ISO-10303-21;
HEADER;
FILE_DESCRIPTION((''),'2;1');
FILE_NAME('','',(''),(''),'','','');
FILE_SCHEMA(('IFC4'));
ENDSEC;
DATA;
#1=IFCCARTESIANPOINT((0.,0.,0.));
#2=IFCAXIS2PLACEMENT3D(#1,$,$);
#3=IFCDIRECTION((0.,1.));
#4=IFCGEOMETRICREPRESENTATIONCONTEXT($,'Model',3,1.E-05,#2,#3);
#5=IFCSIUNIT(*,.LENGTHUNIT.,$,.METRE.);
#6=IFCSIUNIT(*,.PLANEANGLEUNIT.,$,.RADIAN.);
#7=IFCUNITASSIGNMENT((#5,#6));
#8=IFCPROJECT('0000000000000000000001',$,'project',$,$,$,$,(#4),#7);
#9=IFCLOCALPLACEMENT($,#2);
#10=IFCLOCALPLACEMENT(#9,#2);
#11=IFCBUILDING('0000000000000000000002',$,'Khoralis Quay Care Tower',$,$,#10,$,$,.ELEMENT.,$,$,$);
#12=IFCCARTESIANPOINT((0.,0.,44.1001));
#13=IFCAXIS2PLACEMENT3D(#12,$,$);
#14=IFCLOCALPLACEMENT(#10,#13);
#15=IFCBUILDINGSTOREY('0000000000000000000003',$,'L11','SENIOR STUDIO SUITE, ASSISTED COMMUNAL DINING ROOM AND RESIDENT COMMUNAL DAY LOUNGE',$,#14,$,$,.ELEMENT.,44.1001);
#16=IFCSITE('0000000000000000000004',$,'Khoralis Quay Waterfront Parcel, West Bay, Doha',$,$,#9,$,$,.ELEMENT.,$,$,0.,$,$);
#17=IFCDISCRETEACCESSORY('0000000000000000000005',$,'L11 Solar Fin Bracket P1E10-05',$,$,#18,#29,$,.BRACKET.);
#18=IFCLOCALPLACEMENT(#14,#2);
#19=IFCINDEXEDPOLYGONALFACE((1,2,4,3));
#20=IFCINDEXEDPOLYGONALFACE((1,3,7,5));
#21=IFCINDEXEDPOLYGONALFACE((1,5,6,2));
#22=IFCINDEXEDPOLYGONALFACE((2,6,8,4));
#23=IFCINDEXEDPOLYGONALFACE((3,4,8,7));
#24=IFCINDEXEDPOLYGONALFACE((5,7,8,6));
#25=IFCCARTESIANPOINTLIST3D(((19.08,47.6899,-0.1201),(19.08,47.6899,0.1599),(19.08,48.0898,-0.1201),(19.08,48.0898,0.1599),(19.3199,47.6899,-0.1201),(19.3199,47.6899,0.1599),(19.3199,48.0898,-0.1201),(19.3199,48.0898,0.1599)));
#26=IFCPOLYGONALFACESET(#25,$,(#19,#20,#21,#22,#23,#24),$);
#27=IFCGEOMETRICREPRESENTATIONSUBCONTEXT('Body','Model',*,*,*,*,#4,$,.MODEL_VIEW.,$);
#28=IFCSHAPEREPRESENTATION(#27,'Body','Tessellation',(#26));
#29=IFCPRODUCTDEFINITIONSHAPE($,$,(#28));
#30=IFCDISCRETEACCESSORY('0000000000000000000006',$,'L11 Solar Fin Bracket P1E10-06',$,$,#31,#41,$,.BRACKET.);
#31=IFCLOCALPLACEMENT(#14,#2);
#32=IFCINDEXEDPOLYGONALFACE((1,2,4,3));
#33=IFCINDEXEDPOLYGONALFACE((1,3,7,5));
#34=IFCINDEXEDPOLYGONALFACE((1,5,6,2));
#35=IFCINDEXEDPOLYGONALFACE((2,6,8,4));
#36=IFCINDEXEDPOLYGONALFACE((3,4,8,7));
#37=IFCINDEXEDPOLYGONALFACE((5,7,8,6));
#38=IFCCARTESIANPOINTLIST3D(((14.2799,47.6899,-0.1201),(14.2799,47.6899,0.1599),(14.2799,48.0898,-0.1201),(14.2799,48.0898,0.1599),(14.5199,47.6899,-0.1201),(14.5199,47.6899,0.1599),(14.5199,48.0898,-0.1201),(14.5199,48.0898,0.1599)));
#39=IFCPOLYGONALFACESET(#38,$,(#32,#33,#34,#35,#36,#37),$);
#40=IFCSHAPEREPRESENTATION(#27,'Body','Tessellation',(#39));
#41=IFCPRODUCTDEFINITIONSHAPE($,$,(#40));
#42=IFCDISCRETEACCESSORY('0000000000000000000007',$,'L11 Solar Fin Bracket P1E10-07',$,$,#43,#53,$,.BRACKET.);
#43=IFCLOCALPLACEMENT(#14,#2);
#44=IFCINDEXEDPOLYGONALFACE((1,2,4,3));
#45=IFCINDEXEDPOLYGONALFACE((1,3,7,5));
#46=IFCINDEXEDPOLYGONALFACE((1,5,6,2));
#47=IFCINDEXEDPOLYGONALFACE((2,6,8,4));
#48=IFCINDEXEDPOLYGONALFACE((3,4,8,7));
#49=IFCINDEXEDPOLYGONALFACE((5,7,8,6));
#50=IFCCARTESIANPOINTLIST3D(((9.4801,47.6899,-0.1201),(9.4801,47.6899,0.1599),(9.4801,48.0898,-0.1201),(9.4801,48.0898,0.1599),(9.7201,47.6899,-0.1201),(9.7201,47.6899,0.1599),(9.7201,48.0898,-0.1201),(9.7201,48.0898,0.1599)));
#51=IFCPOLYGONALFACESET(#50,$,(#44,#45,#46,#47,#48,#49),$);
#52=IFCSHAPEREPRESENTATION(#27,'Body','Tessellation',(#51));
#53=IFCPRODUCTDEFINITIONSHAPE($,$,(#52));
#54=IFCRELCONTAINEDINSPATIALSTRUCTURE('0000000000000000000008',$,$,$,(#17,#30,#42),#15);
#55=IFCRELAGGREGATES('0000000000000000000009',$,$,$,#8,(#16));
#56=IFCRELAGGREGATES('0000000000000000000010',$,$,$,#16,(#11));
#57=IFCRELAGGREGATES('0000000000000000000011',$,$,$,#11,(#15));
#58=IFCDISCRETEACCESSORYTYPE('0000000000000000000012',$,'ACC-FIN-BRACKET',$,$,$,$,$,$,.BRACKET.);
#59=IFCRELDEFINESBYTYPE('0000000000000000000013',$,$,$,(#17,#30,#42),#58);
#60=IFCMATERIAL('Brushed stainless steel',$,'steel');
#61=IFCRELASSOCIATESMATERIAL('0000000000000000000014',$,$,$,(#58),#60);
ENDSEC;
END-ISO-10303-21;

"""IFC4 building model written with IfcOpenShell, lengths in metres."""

from ifc_helpers import new_model, si_unit, direction, frame, origin, origin_2d, place, context, subcontext, project, spatial, rectangle, extrude, source, transform, mapped, material, type_object, element, save


model = new_model("IFC4")

# Units and contexts
model_context = context("Model", 3, precision=1e-05, world=origin(), true_north=direction((0.0, 1.0)))
body_context = subcontext(model_context, "Body", "Model", "MODEL_VIEW")
ifc_project = project(units=[si_unit("LENGTHUNIT", "METRE"), si_unit("PLANEANGLEUNIT", "RADIAN")], contexts=[model_context])

# Site, building, storey
site_placement = place(None, origin())
site = spatial("IfcSite", under=ifc_project, at=site_placement, Name="Khoralis Quay Waterfront Parcel, West Bay, Doha", CompositionType="ELEMENT", RefElevation=0.0)
building_placement = place(site_placement, origin())
building = spatial("IfcBuilding", under=site, at=building_placement, Name="Khoralis Quay Care Tower", CompositionType="ELEMENT")
storey_placement = place(building_placement, frame((0.0, 0.0, 44.1001)))
storey = spatial("IfcBuildingStorey", under=building, at=storey_placement, Name="L11", Description="SENIOR STUDIO SUITE, ASSISTED COMMUNAL DINING ROOM AND RESIDENT COMMUNAL DAY LOUNGE", CompositionType="ELEMENT", Elevation=44.1001)

# Discrete accessories
ifc_material_1 = material(Name="Brushed stainless steel", Category="steel")
discrete_accessory_type = type_object("IfcDiscreteAccessoryType", Name="ACC-FIN-BRACKET", PredefinedType="BRACKET", material=ifc_material_1)
shared_shape_1 = source(origin(), body_context, "Body", "SweptSolid", [
    extrude(rectangle(XDim=0.3999, YDim=0.24, at=origin_2d()), origin(), (0.0, 0.0, 1.0), 0.28),
])
for number, where, z_axis, x_axis, name in (
    (1, (19.2, 47.8899, -0.1201), (0.0, 0.0, 1.0), (0.0, 1.0, 0.0), "L11 Solar Fin Bracket P1E10-05"),
    (2, (14.3999, 47.8899, -0.1201), (0.0, 0.0, 1.0), (0.0, 1.0, 0.0), "L11 Solar Fin Bracket P1E10-06"),
    (3, (9.6001, 47.8899, -0.1201), (0.0, 0.0, 1.0), (0.0, 1.0, 0.0), "L11 Solar Fin Bracket P1E10-07"),
):
    element("IfcDiscreteAccessory", number, at=place(storey_placement, frame(where, z_axis=z_axis, x_axis=x_axis)), inside=storey, type_object=discrete_accessory_type, Name=name, PredefinedType="BRACKET", context=body_context, shape_type="MappedRepresentation", body=[
        mapped(shared_shape_1, transform((0.0, 0.0, 0.0), scale=1.0)),
    ])

save(model, "model.ifc")
